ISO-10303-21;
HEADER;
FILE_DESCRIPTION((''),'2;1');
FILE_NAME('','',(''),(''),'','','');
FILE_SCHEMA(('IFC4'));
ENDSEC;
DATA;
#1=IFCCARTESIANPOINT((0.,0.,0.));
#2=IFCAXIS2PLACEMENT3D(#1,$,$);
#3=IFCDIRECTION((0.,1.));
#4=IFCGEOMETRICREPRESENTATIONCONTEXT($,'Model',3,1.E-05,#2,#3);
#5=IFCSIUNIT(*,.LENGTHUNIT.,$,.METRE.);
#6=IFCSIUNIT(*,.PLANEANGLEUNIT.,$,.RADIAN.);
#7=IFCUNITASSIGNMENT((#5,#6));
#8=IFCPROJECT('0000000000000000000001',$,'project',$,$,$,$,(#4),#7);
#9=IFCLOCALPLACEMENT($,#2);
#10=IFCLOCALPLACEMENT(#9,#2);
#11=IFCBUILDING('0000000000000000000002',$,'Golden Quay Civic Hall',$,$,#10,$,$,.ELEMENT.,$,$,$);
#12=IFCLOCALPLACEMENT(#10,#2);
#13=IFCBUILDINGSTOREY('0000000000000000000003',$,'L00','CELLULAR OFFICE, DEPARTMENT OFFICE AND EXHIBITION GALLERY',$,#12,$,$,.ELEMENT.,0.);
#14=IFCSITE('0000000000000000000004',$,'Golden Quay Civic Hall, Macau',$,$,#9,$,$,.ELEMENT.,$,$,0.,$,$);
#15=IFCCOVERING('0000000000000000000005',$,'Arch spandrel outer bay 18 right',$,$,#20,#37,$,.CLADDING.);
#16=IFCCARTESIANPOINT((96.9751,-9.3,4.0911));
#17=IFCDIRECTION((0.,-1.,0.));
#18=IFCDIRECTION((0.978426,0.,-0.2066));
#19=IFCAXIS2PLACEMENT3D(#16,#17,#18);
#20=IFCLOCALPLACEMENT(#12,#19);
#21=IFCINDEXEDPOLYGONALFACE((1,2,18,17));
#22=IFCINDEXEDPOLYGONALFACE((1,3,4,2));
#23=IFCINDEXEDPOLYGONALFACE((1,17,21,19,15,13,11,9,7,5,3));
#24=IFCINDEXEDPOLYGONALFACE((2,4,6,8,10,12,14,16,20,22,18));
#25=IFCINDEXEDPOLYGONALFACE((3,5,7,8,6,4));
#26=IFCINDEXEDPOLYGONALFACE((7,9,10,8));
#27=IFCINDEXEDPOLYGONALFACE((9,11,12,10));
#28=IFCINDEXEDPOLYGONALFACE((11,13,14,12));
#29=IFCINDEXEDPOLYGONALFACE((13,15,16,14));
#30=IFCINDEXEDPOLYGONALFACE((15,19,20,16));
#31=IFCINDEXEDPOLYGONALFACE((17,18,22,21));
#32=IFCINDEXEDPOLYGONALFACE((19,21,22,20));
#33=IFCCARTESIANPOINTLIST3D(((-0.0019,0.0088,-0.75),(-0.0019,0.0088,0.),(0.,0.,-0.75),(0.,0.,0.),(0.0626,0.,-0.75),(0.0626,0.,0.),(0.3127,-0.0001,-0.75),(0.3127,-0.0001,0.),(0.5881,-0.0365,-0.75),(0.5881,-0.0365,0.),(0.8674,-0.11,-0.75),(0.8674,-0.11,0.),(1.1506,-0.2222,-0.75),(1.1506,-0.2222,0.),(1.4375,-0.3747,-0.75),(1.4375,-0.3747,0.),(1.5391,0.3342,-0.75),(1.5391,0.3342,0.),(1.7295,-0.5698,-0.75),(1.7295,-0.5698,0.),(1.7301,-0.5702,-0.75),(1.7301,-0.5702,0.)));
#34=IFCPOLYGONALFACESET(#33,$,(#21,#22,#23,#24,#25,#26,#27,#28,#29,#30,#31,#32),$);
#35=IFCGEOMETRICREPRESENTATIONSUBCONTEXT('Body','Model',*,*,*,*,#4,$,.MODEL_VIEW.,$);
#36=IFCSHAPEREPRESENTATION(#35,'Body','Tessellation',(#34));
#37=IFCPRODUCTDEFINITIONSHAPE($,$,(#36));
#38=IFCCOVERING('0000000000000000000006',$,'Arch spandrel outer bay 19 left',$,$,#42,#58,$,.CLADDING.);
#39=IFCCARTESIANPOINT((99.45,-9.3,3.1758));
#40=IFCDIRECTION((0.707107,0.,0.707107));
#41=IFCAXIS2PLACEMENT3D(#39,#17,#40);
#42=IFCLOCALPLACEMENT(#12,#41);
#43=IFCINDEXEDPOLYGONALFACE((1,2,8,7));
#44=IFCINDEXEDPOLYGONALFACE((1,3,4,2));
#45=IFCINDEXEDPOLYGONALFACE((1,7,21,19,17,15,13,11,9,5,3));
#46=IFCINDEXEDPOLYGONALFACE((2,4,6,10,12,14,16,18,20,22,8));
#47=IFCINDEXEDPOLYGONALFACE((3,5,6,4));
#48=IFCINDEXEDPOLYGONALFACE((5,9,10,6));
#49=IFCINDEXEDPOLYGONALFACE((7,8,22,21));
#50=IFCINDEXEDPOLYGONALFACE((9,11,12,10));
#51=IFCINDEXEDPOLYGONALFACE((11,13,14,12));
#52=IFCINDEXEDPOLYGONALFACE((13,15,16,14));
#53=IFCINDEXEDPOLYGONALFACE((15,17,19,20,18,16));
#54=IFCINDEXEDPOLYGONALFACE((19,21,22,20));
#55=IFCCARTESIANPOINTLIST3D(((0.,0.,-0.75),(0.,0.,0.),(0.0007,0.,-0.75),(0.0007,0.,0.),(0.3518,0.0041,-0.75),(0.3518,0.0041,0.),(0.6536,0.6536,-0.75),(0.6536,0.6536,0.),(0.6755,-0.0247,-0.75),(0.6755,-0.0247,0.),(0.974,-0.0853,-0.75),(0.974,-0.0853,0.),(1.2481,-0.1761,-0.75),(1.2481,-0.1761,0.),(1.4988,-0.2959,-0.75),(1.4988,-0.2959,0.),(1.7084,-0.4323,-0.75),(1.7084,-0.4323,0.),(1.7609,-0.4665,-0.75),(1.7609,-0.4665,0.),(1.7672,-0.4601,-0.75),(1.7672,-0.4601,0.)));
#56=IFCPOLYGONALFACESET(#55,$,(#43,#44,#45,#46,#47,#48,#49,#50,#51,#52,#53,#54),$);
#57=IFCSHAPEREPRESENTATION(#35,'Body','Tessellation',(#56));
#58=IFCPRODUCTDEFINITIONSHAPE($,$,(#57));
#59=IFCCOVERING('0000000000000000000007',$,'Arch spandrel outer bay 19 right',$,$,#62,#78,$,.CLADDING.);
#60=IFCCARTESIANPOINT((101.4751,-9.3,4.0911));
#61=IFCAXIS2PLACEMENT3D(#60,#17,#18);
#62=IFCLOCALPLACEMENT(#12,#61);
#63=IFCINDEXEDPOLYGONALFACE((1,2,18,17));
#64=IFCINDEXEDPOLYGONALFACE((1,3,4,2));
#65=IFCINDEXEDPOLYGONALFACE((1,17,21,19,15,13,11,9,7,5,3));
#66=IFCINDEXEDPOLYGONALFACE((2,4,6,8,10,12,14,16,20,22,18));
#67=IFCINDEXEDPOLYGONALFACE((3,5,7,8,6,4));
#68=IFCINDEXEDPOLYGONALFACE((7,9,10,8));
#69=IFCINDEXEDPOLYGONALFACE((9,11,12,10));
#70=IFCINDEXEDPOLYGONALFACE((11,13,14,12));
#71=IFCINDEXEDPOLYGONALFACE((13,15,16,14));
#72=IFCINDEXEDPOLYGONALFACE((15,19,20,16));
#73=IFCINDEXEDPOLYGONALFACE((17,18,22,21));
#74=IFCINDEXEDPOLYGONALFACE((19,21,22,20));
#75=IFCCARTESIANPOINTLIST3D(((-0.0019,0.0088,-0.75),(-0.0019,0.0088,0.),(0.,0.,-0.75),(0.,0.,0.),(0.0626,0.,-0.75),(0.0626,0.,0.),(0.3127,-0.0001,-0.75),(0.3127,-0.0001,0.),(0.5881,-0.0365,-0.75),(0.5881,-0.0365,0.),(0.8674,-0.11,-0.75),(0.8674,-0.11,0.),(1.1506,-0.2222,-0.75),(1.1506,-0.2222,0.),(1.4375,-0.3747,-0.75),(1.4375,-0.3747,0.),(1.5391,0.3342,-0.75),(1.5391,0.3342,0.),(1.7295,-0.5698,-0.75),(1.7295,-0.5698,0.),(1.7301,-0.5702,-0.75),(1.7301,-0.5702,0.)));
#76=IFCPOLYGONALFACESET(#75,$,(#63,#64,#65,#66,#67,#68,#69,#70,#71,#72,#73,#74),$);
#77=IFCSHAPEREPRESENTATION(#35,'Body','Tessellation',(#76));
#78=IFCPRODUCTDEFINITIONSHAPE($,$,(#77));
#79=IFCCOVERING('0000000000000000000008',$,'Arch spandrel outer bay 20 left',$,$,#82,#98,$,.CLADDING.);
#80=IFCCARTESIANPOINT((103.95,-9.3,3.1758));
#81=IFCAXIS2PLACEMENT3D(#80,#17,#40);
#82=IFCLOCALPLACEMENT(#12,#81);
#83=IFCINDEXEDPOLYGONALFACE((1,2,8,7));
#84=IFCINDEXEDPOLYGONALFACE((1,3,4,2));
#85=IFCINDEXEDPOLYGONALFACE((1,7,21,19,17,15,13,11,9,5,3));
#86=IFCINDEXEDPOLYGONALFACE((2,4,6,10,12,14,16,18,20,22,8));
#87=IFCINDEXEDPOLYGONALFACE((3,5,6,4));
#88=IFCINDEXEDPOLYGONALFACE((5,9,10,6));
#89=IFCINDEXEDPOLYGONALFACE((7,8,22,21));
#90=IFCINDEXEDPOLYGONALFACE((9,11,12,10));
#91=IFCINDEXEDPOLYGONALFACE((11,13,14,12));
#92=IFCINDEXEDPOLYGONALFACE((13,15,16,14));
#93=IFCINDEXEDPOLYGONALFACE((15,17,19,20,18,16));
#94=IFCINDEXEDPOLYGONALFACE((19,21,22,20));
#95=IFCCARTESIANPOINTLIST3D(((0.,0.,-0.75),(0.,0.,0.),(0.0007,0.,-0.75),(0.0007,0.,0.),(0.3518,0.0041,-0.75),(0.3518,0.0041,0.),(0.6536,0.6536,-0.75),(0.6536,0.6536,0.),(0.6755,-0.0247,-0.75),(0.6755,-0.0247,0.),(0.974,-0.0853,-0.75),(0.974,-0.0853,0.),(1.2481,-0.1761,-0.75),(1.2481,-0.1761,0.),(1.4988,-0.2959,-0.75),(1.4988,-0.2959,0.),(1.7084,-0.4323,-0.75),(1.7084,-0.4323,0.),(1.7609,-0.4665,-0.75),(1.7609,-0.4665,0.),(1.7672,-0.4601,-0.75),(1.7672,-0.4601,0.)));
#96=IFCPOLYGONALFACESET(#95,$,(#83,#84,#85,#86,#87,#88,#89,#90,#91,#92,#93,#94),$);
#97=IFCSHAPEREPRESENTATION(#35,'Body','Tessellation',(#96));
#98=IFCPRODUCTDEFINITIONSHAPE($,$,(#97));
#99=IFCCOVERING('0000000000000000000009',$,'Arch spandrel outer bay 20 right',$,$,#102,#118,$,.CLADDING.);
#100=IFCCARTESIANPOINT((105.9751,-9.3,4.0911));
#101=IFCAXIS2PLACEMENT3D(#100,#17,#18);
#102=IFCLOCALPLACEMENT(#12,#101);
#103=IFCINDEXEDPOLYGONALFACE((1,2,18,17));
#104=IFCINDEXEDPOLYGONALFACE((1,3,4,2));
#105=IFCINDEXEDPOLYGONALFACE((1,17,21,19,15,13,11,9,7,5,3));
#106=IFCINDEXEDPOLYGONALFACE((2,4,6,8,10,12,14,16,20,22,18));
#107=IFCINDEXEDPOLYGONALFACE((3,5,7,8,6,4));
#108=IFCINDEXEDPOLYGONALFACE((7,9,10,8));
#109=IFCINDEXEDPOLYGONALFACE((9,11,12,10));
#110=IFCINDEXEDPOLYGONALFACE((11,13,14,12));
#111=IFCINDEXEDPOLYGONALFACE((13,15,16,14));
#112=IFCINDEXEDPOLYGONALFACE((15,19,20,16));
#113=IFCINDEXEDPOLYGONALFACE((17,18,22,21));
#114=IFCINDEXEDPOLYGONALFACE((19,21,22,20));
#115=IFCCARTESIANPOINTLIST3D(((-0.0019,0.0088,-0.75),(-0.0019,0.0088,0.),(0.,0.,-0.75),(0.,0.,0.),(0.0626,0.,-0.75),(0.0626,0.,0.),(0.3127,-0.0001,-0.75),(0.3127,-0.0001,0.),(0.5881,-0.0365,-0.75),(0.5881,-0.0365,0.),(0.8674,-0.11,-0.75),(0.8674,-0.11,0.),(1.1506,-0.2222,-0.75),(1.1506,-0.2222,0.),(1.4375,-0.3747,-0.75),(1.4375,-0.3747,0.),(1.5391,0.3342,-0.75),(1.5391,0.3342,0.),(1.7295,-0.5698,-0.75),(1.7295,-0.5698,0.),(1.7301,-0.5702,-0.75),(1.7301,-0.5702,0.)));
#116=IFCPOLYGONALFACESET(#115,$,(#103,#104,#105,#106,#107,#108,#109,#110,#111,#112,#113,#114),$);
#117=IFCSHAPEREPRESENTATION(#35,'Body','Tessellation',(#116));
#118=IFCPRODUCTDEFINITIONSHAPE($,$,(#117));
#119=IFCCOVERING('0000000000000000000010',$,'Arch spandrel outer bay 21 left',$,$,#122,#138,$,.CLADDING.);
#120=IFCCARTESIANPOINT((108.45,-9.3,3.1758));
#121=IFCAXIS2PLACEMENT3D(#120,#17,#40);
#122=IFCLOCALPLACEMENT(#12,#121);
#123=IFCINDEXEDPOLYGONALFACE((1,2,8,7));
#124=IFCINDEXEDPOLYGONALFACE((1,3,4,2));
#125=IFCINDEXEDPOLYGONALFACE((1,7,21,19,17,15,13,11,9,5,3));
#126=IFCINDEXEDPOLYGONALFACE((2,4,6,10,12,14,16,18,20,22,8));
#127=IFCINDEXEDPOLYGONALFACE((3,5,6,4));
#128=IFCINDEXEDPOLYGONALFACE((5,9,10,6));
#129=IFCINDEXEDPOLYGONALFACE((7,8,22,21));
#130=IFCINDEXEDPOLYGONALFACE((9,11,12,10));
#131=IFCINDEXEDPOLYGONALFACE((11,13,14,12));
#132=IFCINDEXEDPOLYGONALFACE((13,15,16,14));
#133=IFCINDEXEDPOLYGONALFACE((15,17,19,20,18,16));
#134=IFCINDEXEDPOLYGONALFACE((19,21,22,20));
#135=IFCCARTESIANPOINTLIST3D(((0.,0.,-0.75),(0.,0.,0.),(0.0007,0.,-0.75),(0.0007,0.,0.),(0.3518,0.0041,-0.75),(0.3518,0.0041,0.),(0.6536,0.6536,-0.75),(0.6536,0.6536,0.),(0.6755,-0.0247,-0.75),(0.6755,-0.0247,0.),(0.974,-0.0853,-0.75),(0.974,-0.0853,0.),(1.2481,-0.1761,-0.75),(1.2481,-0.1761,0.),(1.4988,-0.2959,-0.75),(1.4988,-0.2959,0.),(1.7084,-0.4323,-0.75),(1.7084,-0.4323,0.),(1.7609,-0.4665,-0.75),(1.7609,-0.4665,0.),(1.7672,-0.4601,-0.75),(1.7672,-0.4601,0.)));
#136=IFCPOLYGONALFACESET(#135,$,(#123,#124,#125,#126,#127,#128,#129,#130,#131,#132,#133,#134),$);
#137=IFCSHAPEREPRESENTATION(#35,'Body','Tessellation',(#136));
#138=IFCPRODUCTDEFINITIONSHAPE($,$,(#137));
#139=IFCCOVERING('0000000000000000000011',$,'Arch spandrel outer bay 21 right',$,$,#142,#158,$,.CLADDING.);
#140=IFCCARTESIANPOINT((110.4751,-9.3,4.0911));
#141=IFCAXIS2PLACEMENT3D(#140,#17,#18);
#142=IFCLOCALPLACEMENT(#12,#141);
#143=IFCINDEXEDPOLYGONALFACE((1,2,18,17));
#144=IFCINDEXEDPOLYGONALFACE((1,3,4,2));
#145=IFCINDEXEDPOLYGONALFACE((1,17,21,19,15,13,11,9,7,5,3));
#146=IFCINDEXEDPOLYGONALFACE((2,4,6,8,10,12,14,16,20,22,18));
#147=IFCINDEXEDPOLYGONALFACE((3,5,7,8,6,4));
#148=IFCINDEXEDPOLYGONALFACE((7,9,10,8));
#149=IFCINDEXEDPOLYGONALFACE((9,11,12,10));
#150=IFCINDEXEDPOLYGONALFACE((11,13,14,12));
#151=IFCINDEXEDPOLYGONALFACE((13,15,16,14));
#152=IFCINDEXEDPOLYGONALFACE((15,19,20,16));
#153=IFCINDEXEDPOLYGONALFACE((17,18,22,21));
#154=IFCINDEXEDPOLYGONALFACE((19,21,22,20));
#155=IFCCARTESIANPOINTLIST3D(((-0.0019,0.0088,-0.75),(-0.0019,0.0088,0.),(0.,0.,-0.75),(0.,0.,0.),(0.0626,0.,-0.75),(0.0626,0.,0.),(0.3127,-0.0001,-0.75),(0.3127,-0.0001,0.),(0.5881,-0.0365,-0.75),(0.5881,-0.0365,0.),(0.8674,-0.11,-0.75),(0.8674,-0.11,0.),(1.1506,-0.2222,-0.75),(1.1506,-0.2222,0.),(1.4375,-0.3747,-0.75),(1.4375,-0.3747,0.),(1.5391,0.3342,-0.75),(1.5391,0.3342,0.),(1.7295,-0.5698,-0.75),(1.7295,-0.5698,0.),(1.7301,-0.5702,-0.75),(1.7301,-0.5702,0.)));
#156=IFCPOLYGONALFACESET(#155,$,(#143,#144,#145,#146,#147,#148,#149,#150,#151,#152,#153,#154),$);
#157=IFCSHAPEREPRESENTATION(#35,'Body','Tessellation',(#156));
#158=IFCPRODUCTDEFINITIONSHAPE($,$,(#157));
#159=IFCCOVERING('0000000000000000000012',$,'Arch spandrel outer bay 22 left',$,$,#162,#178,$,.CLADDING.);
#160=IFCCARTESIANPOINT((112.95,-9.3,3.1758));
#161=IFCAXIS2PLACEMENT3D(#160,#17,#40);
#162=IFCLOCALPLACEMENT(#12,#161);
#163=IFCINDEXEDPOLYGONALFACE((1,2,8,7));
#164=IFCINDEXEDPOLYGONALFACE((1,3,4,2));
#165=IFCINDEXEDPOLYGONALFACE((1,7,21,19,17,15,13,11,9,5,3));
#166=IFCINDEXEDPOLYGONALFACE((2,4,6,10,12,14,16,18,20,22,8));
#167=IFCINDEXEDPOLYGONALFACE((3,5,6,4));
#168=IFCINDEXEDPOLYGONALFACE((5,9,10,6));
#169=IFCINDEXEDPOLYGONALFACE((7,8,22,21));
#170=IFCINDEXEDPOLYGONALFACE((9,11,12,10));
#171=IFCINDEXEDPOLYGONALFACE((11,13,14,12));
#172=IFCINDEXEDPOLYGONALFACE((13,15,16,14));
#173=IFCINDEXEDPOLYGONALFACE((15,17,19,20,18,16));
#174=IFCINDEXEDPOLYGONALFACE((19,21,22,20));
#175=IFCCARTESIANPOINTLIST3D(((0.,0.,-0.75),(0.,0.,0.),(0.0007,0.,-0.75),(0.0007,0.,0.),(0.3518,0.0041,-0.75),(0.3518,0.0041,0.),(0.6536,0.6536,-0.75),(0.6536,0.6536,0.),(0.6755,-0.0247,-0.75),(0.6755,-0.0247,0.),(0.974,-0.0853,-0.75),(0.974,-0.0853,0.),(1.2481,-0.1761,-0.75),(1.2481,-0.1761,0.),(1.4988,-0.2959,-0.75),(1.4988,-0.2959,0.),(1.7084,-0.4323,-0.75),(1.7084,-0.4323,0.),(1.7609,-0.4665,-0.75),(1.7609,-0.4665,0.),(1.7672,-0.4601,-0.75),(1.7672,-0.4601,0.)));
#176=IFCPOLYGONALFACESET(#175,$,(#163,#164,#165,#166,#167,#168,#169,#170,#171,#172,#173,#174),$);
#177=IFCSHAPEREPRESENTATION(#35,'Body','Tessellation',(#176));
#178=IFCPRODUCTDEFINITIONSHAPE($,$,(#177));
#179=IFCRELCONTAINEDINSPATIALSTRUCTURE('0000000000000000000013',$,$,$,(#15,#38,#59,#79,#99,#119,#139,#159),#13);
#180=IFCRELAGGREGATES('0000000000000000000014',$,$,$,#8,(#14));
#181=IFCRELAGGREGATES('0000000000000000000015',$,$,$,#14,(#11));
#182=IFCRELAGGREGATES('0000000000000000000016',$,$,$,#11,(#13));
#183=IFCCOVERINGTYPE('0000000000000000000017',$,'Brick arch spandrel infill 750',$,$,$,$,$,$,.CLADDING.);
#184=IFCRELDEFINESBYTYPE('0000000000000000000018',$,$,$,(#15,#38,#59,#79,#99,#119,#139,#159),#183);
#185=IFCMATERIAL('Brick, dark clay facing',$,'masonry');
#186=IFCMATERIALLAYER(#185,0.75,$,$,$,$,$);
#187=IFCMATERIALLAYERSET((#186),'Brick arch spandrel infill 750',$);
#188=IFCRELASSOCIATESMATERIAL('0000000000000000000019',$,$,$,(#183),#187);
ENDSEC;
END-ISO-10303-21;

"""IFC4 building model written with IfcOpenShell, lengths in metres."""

from ifc_helpers import new_model, si_unit, direction, frame, origin, place, context, subcontext, project, spatial, polyline, outline, extrude, material, layer, layer_set, type_object, element, save


model = new_model("IFC4")

# Units and contexts
model_context = context("Model", 3, precision=1e-05, world=origin(), true_north=direction((0.0, 1.0)))
body_context = subcontext(model_context, "Body", "Model", "MODEL_VIEW")
ifc_project = project(units=[si_unit("LENGTHUNIT", "METRE"), si_unit("PLANEANGLEUNIT", "RADIAN")], contexts=[model_context])

# Site, building, storey
site_placement = place(None, origin())
site = spatial("IfcSite", under=ifc_project, at=site_placement, Name="Golden Quay Civic Hall, Macau", CompositionType="ELEMENT", RefElevation=0.0)
building_placement = place(site_placement, origin())
building = spatial("IfcBuilding", under=site, at=building_placement, Name="Golden Quay Civic Hall", CompositionType="ELEMENT")
storey_placement = place(building_placement, origin())
storey = spatial("IfcBuildingStorey", under=building, at=storey_placement, Name="L00", Description="CELLULAR OFFICE, DEPARTMENT OFFICE AND EXHIBITION GALLERY", CompositionType="ELEMENT", Elevation=0.0)

# Coverings
ifc_material_1 = material(Name="Brick, dark clay facing", Category="masonry")
ifc_layer_1 = layer(ifc_material_1, 0.75)
ifc_layer_set_1 = layer_set([ifc_layer_1], Name="Brick arch spandrel infill 750")
covering_type_1 = type_object("IfcCoveringType", Name="Brick arch spandrel infill 750", PredefinedType="CLADDING", material=ifc_layer_set_1)
covering_1_placement = place(storey_placement, frame((96.9751, -9.3, 4.0911), z_axis=(0.0, -1.0, 0.0), x_axis=(0.978426, 0.0, -0.2066)))
element("IfcCovering", 1, at=covering_1_placement, inside=storey, type_object=covering_type_1, Name="Arch spandrel outer bay 18 right", PredefinedType="CLADDING", context=body_context, shape_type="SweptSolid", body=[
    extrude(outline(polyline([(0.0, 0.0), (0.0626, 0.0), (0.3127, -0.0001), (0.5881, -0.0365), (0.8674, -0.11), (1.1506, -0.2222), (1.4375, -0.3747), (1.7295, -0.5698), (1.7301, -0.5702), (1.5391, 0.3342), (-0.0019, 0.0088), (0.0, 0.0)])), origin(), (0.0, 0.0, -1.0), 0.75),
])
covering_2_placement = place(storey_placement, frame((99.45, -9.3, 3.1758), z_axis=(0.0, -1.0, 0.0), x_axis=(0.707107, 0.0, 0.707107)))
element("IfcCovering", 2, at=covering_2_placement, inside=storey, type_object=covering_type_1, Name="Arch spandrel outer bay 19 left", PredefinedType="CLADDING", context=body_context, shape_type="SweptSolid", body=[
    extrude(outline(polyline([(0.0, 0.0), (0.0007, 0.0), (0.3518, 0.0041), (0.6755, -0.0247), (0.974, -0.0853), (1.2481, -0.1761), (1.4988, -0.2959), (1.7084, -0.4323), (1.7609, -0.4665), (1.7672, -0.4601), (0.6536, 0.6536), (0.0, 0.0)])), origin(), (0.0, 0.0, -1.0), 0.75),
])
covering_3_placement = place(storey_placement, frame((101.4751, -9.3, 4.0911), z_axis=(0.0, -1.0, 0.0), x_axis=(0.978426, 0.0, -0.2066)))
element("IfcCovering", 3, at=covering_3_placement, inside=storey, type_object=covering_type_1, Name="Arch spandrel outer bay 19 right", PredefinedType="CLADDING", context=body_context, shape_type="SweptSolid", body=[
    extrude(outline(polyline([(0.0, 0.0), (0.0626, 0.0), (0.3127, -0.0001), (0.5881, -0.0365), (0.8674, -0.11), (1.1506, -0.2222), (1.4375, -0.3747), (1.7295, -0.5698), (1.7301, -0.5702), (1.5391, 0.3342), (-0.0019, 0.0088), (0.0, 0.0)])), origin(), (0.0, 0.0, -1.0), 0.75),
])
covering_4_placement = place(storey_placement, frame((103.95, -9.3, 3.1758), z_axis=(0.0, -1.0, 0.0), x_axis=(0.707107, 0.0, 0.707107)))
element("IfcCovering", 4, at=covering_4_placement, inside=storey, type_object=covering_type_1, Name="Arch spandrel outer bay 20 left", PredefinedType="CLADDING", context=body_context, shape_type="SweptSolid", body=[
    extrude(outline(polyline([(0.0, 0.0), (0.0007, 0.0), (0.3518, 0.0041), (0.6755, -0.0247), (0.974, -0.0853), (1.2481, -0.1761), (1.4988, -0.2959), (1.7084, -0.4323), (1.7609, -0.4665), (1.7672, -0.4601), (0.6536, 0.6536), (0.0, 0.0)])), origin(), (0.0, 0.0, -1.0), 0.75),
])
covering_5_placement = place(storey_placement, frame((105.9751, -9.3, 4.0911), z_axis=(0.0, -1.0, 0.0), x_axis=(0.978426, 0.0, -0.2066)))
element("IfcCovering", 5, at=covering_5_placement, inside=storey, type_object=covering_type_1, Name="Arch spandrel outer bay 20 right", PredefinedType="CLADDING", context=body_context, shape_type="SweptSolid", body=[
    extrude(outline(polyline([(0.0, 0.0), (0.0626, 0.0), (0.3127, -0.0001), (0.5881, -0.0365), (0.8674, -0.11), (1.1506, -0.2222), (1.4375, -0.3747), (1.7295, -0.5698), (1.7301, -0.5702), (1.5391, 0.3342), (-0.0019, 0.0088), (0.0, 0.0)])), origin(), (0.0, 0.0, -1.0), 0.75),
])
covering_6_placement = place(storey_placement, frame((108.45, -9.3, 3.1758), z_axis=(0.0, -1.0, 0.0), x_axis=(0.707107, 0.0, 0.707107)))
element("IfcCovering", 6, at=covering_6_placement, inside=storey, type_object=covering_type_1, Name="Arch spandrel outer bay 21 left", PredefinedType="CLADDING", context=body_context, shape_type="SweptSolid", body=[
    extrude(outline(polyline([(0.0, 0.0), (0.0007, 0.0), (0.3518, 0.0041), (0.6755, -0.0247), (0.974, -0.0853), (1.2481, -0.1761), (1.4988, -0.2959), (1.7084, -0.4323), (1.7609, -0.4665), (1.7672, -0.4601), (0.6536, 0.6536), (0.0, 0.0)])), origin(), (0.0, 0.0, -1.0), 0.75),
])
covering_7_placement = place(storey_placement, frame((110.4751, -9.3, 4.0911), z_axis=(0.0, -1.0, 0.0), x_axis=(0.978426, 0.0, -0.2066)))
element("IfcCovering", 7, at=covering_7_placement, inside=storey, type_object=covering_type_1, Name="Arch spandrel outer bay 21 right", PredefinedType="CLADDING", context=body_context, shape_type="SweptSolid", body=[
    extrude(outline(polyline([(0.0, 0.0), (0.0626, 0.0), (0.3127, -0.0001), (0.5881, -0.0365), (0.8674, -0.11), (1.1506, -0.2222), (1.4375, -0.3747), (1.7295, -0.5698), (1.7301, -0.5702), (1.5391, 0.3342), (-0.0019, 0.0088), (0.0, 0.0)])), origin(), (0.0, 0.0, -1.0), 0.75),
])
covering_8_placement = place(storey_placement, frame((112.95, -9.3, 3.1758), z_axis=(0.0, -1.0, 0.0), x_axis=(0.707107, 0.0, 0.707107)))
element("IfcCovering", 8, at=covering_8_placement, inside=storey, type_object=covering_type_1, Name="Arch spandrel outer bay 22 left", PredefinedType="CLADDING", context=body_context, shape_type="SweptSolid", body=[
    extrude(outline(polyline([(0.0, 0.0), (0.0007, 0.0), (0.3518, 0.0041), (0.6755, -0.0247), (0.974, -0.0853), (1.2481, -0.1761), (1.4988, -0.2959), (1.7084, -0.4323), (1.7609, -0.4665), (1.7672, -0.4601), (0.6536, 0.6536), (0.0, 0.0)])), origin(), (0.0, 0.0, -1.0), 0.75),
])

save(model, "model.ifc")
